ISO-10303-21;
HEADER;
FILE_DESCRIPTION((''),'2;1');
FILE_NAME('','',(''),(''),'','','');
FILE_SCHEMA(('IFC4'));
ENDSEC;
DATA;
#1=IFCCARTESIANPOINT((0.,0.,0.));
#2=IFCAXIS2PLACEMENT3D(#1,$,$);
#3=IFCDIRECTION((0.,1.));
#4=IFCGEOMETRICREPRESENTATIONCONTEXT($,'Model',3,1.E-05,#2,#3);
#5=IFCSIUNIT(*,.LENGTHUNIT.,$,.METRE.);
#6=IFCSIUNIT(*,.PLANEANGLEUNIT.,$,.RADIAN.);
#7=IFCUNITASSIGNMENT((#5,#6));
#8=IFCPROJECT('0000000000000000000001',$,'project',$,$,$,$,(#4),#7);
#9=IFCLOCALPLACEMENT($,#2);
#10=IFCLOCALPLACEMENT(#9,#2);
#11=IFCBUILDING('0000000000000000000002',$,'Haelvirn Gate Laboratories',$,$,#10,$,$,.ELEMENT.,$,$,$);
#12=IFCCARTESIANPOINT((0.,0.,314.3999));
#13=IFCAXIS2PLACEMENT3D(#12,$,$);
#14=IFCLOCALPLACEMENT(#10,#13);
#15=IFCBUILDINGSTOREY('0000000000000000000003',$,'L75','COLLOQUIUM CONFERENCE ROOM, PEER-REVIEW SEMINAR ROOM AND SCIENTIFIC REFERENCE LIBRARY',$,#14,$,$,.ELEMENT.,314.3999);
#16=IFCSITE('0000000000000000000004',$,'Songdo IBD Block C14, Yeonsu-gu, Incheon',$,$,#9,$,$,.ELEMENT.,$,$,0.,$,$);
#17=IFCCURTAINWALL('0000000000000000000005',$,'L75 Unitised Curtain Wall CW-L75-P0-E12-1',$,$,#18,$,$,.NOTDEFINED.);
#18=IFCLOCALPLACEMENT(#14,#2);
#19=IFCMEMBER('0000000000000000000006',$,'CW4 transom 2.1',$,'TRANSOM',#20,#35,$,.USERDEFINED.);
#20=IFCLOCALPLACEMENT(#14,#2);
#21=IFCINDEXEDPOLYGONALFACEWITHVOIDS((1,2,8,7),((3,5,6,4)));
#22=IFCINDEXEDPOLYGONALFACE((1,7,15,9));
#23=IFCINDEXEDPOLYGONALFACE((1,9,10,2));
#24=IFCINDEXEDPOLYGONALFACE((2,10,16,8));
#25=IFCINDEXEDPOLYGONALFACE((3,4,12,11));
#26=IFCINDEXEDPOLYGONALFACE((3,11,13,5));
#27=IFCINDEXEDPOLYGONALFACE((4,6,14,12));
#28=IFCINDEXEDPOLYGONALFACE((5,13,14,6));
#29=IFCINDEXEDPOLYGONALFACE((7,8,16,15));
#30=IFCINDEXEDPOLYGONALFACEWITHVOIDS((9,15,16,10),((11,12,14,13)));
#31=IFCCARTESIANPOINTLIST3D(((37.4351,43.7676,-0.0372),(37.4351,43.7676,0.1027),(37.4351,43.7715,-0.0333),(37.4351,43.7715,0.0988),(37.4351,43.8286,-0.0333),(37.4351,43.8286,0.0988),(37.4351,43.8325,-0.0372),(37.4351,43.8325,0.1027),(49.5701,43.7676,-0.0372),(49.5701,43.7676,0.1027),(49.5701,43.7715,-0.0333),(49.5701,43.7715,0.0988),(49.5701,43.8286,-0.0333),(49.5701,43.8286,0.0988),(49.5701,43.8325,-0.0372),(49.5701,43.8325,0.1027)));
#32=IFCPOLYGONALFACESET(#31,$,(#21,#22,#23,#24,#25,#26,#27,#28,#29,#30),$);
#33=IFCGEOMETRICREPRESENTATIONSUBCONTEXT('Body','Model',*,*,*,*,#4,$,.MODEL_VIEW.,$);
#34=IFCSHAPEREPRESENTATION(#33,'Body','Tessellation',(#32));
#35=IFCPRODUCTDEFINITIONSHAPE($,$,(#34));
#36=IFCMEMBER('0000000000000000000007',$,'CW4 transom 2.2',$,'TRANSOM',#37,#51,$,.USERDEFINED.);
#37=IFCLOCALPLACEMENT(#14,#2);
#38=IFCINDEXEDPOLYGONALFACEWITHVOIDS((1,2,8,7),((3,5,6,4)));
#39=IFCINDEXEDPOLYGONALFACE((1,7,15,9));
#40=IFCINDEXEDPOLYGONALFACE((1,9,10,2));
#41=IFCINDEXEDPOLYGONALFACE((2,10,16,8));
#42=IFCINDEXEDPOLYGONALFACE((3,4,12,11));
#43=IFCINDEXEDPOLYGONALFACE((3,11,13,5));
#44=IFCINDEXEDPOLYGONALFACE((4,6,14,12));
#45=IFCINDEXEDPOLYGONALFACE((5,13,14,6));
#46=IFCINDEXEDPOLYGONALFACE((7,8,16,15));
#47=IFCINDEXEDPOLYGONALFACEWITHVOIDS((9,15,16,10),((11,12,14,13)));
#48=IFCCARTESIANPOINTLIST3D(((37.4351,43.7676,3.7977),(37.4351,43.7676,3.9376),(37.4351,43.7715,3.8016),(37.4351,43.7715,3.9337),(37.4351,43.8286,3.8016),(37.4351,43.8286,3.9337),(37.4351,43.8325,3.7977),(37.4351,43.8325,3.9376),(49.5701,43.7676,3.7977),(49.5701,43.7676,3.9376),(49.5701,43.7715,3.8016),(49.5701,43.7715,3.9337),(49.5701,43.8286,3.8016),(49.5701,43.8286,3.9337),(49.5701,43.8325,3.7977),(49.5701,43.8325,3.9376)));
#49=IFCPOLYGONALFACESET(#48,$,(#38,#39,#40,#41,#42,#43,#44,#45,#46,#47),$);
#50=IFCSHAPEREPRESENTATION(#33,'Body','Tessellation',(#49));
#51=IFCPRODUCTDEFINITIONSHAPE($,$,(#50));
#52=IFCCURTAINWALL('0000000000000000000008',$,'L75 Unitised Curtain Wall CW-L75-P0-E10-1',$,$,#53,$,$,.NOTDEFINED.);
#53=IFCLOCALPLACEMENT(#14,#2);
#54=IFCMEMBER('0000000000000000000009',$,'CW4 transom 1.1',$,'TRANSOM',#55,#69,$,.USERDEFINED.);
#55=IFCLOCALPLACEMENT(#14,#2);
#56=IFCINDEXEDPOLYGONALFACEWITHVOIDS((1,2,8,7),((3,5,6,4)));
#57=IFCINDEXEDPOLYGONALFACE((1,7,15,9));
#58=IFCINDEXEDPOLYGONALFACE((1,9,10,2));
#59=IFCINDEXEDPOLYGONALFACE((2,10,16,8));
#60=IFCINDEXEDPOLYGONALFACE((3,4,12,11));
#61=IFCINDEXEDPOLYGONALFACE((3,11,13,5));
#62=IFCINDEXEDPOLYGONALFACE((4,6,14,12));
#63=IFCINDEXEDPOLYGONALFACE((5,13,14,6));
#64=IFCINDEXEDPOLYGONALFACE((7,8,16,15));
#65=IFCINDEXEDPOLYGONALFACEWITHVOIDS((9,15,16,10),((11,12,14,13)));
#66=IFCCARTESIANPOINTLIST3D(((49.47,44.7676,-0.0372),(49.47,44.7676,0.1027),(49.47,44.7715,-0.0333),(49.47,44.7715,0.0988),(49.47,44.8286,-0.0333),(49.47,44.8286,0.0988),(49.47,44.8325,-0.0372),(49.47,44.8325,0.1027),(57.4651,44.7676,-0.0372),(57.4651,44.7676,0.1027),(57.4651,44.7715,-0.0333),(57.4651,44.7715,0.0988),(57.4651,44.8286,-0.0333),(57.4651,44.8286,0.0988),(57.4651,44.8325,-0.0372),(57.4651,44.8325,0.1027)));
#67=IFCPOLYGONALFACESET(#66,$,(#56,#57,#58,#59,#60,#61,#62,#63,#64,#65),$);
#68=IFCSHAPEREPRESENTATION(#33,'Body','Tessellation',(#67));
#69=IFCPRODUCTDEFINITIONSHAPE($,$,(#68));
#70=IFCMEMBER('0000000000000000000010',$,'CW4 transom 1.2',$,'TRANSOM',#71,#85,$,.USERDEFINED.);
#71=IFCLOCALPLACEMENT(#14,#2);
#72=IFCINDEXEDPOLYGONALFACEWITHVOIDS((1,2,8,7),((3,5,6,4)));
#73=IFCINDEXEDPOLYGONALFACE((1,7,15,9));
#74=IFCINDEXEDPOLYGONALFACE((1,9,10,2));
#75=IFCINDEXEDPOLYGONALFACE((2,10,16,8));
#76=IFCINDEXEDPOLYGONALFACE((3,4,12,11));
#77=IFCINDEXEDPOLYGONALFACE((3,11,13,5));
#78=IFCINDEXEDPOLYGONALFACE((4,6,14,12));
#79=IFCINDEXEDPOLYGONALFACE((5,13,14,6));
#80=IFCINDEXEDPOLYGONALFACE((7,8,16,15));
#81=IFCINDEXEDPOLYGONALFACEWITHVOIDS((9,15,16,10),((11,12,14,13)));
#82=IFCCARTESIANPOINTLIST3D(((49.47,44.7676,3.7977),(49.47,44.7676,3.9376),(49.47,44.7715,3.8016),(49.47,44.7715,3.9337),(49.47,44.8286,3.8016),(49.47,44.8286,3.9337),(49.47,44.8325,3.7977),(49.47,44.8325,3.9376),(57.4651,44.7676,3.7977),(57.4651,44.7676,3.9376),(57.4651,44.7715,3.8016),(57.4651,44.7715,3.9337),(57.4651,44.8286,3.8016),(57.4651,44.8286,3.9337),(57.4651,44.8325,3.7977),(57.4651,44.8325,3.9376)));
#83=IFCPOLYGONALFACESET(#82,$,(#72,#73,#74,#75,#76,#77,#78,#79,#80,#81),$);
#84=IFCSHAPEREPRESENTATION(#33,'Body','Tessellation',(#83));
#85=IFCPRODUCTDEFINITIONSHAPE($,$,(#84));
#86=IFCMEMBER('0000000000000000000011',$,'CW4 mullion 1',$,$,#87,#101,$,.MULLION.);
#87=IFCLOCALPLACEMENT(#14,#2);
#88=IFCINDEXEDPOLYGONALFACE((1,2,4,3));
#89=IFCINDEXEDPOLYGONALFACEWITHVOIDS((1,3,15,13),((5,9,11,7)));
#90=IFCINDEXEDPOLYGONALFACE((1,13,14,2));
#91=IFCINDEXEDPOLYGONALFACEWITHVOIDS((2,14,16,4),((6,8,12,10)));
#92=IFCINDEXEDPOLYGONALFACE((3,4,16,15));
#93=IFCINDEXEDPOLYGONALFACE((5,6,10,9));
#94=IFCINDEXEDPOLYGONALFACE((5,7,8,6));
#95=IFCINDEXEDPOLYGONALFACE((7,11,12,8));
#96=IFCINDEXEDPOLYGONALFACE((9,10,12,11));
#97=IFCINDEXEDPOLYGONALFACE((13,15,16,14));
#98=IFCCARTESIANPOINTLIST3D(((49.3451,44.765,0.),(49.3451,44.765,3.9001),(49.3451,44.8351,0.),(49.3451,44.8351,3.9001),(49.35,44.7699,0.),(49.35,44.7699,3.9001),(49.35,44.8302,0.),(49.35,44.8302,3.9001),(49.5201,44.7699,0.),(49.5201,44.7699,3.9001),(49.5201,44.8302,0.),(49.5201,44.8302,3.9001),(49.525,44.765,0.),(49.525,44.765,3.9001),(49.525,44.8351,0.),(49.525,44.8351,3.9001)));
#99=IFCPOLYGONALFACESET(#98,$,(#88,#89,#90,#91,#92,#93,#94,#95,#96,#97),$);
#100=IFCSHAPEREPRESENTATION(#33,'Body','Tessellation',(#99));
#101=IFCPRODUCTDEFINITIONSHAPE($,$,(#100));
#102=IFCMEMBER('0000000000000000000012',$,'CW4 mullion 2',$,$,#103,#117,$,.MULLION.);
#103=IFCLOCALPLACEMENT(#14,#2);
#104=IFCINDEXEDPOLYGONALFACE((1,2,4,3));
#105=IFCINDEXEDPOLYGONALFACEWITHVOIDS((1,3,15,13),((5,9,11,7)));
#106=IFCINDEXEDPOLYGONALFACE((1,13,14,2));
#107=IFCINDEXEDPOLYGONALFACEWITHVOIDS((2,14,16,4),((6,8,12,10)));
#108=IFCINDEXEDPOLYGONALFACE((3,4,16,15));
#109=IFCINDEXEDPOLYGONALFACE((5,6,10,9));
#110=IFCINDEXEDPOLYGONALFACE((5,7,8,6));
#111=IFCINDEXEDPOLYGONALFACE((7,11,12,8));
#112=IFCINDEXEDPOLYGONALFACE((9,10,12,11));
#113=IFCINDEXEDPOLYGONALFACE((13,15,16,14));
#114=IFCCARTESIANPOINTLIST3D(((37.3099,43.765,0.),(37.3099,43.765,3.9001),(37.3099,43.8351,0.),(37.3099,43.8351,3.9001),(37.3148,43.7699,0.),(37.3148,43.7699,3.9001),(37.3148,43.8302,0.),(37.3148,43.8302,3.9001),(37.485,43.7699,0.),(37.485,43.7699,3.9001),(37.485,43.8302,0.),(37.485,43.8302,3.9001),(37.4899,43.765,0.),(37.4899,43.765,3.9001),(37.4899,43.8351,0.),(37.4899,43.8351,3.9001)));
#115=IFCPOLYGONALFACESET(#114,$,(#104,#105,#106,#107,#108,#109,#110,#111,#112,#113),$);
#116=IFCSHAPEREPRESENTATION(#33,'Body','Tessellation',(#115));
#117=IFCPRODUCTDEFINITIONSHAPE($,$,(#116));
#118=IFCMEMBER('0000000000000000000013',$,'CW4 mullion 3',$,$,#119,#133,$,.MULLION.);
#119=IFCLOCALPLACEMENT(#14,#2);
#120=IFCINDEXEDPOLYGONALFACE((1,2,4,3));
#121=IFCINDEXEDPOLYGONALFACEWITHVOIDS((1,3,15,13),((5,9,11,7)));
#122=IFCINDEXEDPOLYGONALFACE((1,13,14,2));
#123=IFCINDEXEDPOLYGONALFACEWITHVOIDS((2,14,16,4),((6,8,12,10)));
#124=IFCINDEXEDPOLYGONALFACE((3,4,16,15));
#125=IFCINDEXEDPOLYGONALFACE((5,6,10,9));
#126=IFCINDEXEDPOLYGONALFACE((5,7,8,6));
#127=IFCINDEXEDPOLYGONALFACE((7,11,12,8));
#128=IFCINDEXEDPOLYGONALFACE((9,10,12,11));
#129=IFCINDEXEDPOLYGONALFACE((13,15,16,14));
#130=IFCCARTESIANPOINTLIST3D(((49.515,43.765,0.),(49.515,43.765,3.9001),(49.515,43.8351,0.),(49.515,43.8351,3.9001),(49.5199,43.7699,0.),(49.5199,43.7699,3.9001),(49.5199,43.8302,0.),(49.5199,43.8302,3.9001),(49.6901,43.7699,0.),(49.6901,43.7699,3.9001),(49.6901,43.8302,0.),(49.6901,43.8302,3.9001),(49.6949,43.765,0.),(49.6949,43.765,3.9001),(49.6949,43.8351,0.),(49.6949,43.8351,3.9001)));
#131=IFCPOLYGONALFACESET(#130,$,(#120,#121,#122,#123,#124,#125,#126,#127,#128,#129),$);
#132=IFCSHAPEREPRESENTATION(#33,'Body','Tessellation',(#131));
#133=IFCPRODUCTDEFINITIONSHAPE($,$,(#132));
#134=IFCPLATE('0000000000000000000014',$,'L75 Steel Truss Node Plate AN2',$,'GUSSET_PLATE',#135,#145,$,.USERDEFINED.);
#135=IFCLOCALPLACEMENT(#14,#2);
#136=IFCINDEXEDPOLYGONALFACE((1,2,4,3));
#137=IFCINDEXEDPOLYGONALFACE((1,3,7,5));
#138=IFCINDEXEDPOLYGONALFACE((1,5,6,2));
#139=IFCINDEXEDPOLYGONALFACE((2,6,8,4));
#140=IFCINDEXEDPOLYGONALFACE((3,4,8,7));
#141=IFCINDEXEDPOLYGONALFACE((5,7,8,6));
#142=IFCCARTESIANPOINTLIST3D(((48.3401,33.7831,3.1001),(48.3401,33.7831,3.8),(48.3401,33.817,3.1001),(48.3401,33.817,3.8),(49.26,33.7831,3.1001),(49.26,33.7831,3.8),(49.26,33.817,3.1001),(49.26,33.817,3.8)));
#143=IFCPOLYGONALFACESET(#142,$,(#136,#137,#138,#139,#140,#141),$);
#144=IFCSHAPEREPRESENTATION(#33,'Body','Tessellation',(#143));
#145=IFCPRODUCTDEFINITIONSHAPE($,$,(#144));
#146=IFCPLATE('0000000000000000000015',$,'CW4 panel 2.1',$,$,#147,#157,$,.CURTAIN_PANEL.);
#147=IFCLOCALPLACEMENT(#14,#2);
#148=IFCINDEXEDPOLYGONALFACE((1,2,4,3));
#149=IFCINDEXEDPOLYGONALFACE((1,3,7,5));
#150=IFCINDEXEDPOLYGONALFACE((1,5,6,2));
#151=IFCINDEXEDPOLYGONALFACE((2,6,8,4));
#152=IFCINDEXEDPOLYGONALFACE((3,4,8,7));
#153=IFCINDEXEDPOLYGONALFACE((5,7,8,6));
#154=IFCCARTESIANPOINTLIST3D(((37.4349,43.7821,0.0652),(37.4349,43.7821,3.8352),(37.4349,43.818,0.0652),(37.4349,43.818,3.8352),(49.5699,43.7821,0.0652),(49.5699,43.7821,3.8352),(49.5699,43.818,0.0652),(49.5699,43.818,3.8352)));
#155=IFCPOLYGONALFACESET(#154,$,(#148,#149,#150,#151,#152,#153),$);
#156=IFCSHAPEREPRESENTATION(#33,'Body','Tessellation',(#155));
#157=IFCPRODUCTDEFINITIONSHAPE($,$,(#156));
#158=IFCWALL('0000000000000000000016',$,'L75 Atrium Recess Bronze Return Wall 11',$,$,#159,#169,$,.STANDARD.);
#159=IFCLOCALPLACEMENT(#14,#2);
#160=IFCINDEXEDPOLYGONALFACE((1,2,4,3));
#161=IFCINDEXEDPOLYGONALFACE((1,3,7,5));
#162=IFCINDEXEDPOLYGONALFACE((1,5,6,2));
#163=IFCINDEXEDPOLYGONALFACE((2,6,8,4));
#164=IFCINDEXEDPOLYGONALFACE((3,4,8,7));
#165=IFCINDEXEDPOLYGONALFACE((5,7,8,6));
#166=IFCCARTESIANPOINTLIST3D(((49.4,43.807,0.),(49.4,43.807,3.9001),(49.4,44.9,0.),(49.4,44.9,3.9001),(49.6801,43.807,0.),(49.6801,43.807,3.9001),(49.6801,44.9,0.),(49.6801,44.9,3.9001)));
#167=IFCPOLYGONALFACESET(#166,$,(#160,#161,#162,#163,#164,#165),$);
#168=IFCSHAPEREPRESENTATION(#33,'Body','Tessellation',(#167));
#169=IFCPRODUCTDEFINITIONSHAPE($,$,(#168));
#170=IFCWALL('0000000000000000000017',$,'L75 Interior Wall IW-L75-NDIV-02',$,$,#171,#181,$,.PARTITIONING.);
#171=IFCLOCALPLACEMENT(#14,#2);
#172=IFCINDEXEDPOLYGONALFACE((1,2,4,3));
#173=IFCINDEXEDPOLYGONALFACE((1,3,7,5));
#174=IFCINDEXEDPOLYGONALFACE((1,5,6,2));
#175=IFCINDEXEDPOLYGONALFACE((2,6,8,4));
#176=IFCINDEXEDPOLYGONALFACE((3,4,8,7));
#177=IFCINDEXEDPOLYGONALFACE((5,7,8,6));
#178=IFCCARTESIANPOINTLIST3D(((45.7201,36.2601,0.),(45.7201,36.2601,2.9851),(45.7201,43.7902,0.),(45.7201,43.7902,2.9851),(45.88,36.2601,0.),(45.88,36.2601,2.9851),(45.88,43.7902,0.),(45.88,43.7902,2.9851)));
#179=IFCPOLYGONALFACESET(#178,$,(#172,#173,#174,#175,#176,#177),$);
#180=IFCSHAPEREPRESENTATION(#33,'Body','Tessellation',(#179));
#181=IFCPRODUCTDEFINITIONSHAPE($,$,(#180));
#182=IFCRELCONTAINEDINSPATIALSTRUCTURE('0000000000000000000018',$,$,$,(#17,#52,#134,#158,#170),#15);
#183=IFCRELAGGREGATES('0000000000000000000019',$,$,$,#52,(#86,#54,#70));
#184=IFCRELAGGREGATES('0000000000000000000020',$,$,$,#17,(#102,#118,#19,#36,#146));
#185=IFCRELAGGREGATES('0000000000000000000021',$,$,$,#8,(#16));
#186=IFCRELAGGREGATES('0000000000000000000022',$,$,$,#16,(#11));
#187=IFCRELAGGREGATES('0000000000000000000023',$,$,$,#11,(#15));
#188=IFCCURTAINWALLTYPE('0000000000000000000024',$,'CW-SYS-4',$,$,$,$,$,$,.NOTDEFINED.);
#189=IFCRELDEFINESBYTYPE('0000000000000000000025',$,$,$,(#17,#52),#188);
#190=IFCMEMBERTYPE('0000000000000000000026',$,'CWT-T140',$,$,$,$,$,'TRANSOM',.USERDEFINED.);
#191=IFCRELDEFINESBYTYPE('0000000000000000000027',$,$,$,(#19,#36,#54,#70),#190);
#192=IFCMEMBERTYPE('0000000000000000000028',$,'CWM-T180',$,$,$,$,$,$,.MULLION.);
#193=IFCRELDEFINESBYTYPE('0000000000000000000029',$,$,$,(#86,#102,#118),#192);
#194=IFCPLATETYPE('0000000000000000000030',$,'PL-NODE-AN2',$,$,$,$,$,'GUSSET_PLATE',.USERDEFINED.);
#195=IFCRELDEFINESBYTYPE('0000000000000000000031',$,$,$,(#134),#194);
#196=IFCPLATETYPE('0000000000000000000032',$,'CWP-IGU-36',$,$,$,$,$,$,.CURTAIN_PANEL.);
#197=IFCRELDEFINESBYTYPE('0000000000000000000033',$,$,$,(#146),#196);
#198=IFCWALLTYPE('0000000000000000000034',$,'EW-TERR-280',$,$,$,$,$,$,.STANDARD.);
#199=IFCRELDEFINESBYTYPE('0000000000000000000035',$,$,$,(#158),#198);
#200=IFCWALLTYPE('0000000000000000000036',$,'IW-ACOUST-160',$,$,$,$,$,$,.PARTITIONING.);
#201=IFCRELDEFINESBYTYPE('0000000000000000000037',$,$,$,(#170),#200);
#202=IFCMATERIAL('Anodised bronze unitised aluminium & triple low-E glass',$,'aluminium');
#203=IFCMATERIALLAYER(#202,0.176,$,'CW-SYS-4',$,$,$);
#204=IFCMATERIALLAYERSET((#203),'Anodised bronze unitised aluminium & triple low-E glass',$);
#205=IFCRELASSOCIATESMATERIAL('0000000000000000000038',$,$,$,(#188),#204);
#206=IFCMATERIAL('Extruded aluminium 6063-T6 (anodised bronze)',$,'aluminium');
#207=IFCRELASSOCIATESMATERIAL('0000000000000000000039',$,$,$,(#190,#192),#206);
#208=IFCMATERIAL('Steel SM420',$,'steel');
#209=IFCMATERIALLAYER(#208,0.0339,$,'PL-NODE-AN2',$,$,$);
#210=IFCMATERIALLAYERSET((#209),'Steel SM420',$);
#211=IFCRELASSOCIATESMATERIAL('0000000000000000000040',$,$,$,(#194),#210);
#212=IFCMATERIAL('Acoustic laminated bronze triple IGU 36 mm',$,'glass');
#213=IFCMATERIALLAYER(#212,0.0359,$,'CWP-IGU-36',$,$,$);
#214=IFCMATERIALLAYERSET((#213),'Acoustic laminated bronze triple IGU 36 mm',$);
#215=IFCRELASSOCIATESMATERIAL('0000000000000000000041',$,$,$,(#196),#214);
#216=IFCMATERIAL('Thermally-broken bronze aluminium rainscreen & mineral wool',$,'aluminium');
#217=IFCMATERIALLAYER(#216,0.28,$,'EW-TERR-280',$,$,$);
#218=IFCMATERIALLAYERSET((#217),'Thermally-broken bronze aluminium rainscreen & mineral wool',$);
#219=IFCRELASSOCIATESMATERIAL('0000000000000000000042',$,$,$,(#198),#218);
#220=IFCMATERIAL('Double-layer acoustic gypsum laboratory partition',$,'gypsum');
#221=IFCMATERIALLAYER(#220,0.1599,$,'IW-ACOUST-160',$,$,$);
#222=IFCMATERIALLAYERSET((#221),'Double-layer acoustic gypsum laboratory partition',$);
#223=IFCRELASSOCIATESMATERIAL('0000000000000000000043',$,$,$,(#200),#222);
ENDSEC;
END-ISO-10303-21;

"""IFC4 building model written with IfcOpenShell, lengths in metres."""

from ifc_helpers import new_model, si_unit, direction, frame, frame_2d, origin, origin_2d, place, context, subcontext, project, spatial, rectangle, hollow_rectangle, extrude, source, transform, mapped, material, layer, layer_set, material_profile, profile_set, type_object, type_shapes, element, aggregate, save


model = new_model("IFC4")

# Units and contexts
model_context = context("Model", 3, precision=1e-05, world=origin(), true_north=direction((0.0, 1.0)))
body_context = subcontext(model_context, "Body", "Model", "MODEL_VIEW")
ifc_project = project(units=[si_unit("LENGTHUNIT", "METRE"), si_unit("PLANEANGLEUNIT", "RADIAN")], contexts=[model_context])

# Site, building, storey
site_placement = place(None, origin())
site = spatial("IfcSite", under=ifc_project, at=site_placement, Name="Songdo IBD Block C14, Yeonsu-gu, Incheon", CompositionType="ELEMENT", RefElevation=0.0)
building_placement = place(site_placement, origin())
building = spatial("IfcBuilding", under=site, at=building_placement, Name="Haelvirn Gate Laboratories", CompositionType="ELEMENT")
storey_placement = place(building_placement, frame((0.0, 0.0, 314.3999)))
storey = spatial("IfcBuildingStorey", under=building, at=storey_placement, Name="L75", Description="COLLOQUIUM CONFERENCE ROOM, PEER-REVIEW SEMINAR ROOM AND SCIENTIFIC REFERENCE LIBRARY", CompositionType="ELEMENT", Elevation=314.3999)

# Shared definitions
ifc_material_1 = material(Name="Steel SM420", Category="steel")

# Curtain walls, members
ifc_material_2 = material(Name="Anodised bronze unitised aluminium & triple low-E glass", Category="aluminium")
ifc_layer_1 = layer(ifc_material_2, 0.176, Name="CW-SYS-4")
ifc_layer_set_1 = layer_set([ifc_layer_1], Name="Anodised bronze unitised aluminium & triple low-E glass")
curtain_wall_type = type_object("IfcCurtainWallType", Name="CW-SYS-4", PredefinedType="NOTDEFINED", material=ifc_layer_set_1)
curtain_wall_1_placement = place(storey_placement, origin())
curtain_wall_1 = element("IfcCurtainWall", 1, at=curtain_wall_1_placement, inside=storey, type_object=curtain_wall_type, Name="L75 Unitised Curtain Wall CW-L75-P0-E12-1", PredefinedType="NOTDEFINED")
ifc_material_3 = material(Name="Extruded aluminium 6063-T6 (anodised bronze)", Category="aluminium")
ifc_material_profile_1 = material_profile(ifc_material_3, hollow_rectangle(XDim=0.0649, YDim=0.1399, WallThickness=0.0039, at=origin_2d()), Name="CWT-140x65x4")
ifc_profile_set_1 = profile_set([ifc_material_profile_1], Name="Extruded aluminium 6063-T6 (anodised bronze)")
member_type_1 = type_object("IfcMemberType", Name="CWT-T140", ElementType="TRANSOM", PredefinedType="USERDEFINED", material=ifc_profile_set_1)
shared_shape_1 = source(origin(), body_context, "Body", "SweptSolid", [
    extrude(hollow_rectangle(XDim=0.0649, YDim=0.1399, WallThickness=0.0039, at=origin_2d()), origin(), (0.0, 0.0, 1.0), 12.135),
])
member_1_placement = place(storey_placement, frame((37.4351, 43.8, 0.0327), z_axis=(1.0, 0.0, 0.0), x_axis=(0.0, 1.0, 0.0)))
member_1 = element("IfcMember", 2, at=member_1_placement, type_object=member_type_1, Name="CW4 transom 2.1", ObjectType="TRANSOM", PredefinedType="USERDEFINED", context=body_context, shape_type="MappedRepresentation", body=[
    mapped(shared_shape_1, transform((0.0, 0.0, 0.0), scale=1.0)),
])
member_2_placement = place(storey_placement, frame((37.4351, 43.8, 3.8677), z_axis=(1.0, 0.0, 0.0), x_axis=(0.0, 1.0, 0.0)))
member_2 = element("IfcMember", 3, at=member_2_placement, type_object=member_type_1, Name="CW4 transom 2.2", ObjectType="TRANSOM", PredefinedType="USERDEFINED", context=body_context, shape_type="MappedRepresentation", body=[
    mapped(shared_shape_1, transform((0.0, 0.0, 0.0), scale=1.0)),
])
curtain_wall_2_placement = place(storey_placement, origin())
curtain_wall_2 = element("IfcCurtainWall", 4, at=curtain_wall_2_placement, inside=storey, type_object=curtain_wall_type, Name="L75 Unitised Curtain Wall CW-L75-P0-E10-1", PredefinedType="NOTDEFINED")
shared_shape_2 = source(origin(), body_context, "Body", "SweptSolid", [
    extrude(hollow_rectangle(XDim=0.0649, YDim=0.1399, WallThickness=0.0039, at=origin_2d()), origin(), (0.0, 0.0, 1.0), 7.9951),
])
type_shapes(member_type_1, [shared_shape_1, shared_shape_2])
member_3_placement = place(storey_placement, frame((49.47, 44.8, 0.0327), z_axis=(1.0, 0.0, 0.0), x_axis=(0.0, 1.0, 0.0)))
member_3 = element("IfcMember", 5, at=member_3_placement, type_object=member_type_1, Name="CW4 transom 1.1", ObjectType="TRANSOM", PredefinedType="USERDEFINED", context=body_context, shape_type="MappedRepresentation", body=[
    mapped(shared_shape_2, transform((0.0, 0.0, 0.0), scale=1.0)),
])
member_4_placement = place(storey_placement, frame((49.47, 44.8, 3.8677), z_axis=(1.0, 0.0, 0.0), x_axis=(0.0, 1.0, 0.0)))
member_4 = element("IfcMember", 6, at=member_4_placement, type_object=member_type_1, Name="CW4 transom 1.2", ObjectType="TRANSOM", PredefinedType="USERDEFINED", context=body_context, shape_type="MappedRepresentation", body=[
    mapped(shared_shape_2, transform((0.0, 0.0, 0.0), scale=1.0)),
])
ifc_material_profile_2 = material_profile(ifc_material_3, hollow_rectangle(XDim=0.0701, YDim=0.1799, WallThickness=0.0049, at=origin_2d()), Name="CWM-180x70x5")
ifc_profile_set_2 = profile_set([ifc_material_profile_2], Name="Extruded aluminium 6063-T6 (anodised bronze)")
member_type_2 = type_object("IfcMemberType", Name="CWM-T180", PredefinedType="MULLION", material=ifc_profile_set_2)
shared_shape_3 = source(origin(), body_context, "Body", "SweptSolid", [
    extrude(hollow_rectangle(XDim=0.0701, YDim=0.1799, WallThickness=0.0049, at=origin_2d()), origin(), (0.0, 0.0, 1.0), 3.9001),
])
type_shapes(member_type_2, [shared_shape_3])
member_5_placement = place(storey_placement, frame((49.4351, 44.8, 0.0), z_axis=(0.0, 0.0, 1.0), x_axis=(0.0, 1.0, 0.0)))
member_5 = element("IfcMember", 7, at=member_5_placement, type_object=member_type_2, Name="CW4 mullion 1", PredefinedType="MULLION", context=body_context, shape_type="MappedRepresentation", body=[
    mapped(shared_shape_3, transform((0.0, 0.0, 0.0), scale=1.0)),
])
aggregate(curtain_wall_2, [member_5, member_3, member_4])

# Members
member_6_placement = place(storey_placement, frame((37.3999, 43.8, 0.0), z_axis=(0.0, 0.0, 1.0), x_axis=(0.0, 1.0, 0.0)))
member_6 = element("IfcMember", 8, at=member_6_placement, type_object=member_type_2, Name="CW4 mullion 2", PredefinedType="MULLION", context=body_context, shape_type="MappedRepresentation", body=[
    mapped(shared_shape_3, transform((0.0, 0.0, 0.0), scale=1.0)),
])
member_7_placement = place(storey_placement, frame((49.605, 43.8, 0.0), z_axis=(0.0, 0.0, 1.0), x_axis=(0.0, 1.0, 0.0)))
member_7 = element("IfcMember", 9, at=member_7_placement, type_object=member_type_2, Name="CW4 mullion 3", PredefinedType="MULLION", context=body_context, shape_type="MappedRepresentation", body=[
    mapped(shared_shape_3, transform((0.0, 0.0, 0.0), scale=1.0)),
])

# Plates
ifc_layer_2 = layer(ifc_material_1, 0.0339, Name="PL-NODE-AN2")
ifc_layer_set_2 = layer_set([ifc_layer_2], Name="Steel SM420")
plate_type_1 = type_object("IfcPlateType", Name="PL-NODE-AN2", ElementType="GUSSET_PLATE", PredefinedType="USERDEFINED", material=ifc_layer_set_2)
shared_shape_4 = source(origin(), body_context, "Body", "SweptSolid", [
    extrude(rectangle(XDim=0.9199, YDim=0.0339, at=origin_2d()), origin(), (0.0, 0.0, 1.0), 0.7),
])
type_shapes(plate_type_1, [shared_shape_4])
plate_1_placement = place(storey_placement, frame((48.8, 33.8, 3.1001), z_axis=(0.0, 0.0, 1.0), x_axis=(1.0, 0.0, 0.0)))
element("IfcPlate", 10, at=plate_1_placement, inside=storey, type_object=plate_type_1, Name="L75 Steel Truss Node Plate AN2", ObjectType="GUSSET_PLATE", PredefinedType="USERDEFINED", context=body_context, shape_type="MappedRepresentation", body=[
    mapped(shared_shape_4, transform((0.0, 0.0, 0.0), scale=1.0)),
])
ifc_material_4 = material(Name="Acoustic laminated bronze triple IGU 36 mm", Category="glass")
ifc_layer_3 = layer(ifc_material_4, 0.0359, Name="CWP-IGU-36")
ifc_layer_set_3 = layer_set([ifc_layer_3], Name="Acoustic laminated bronze triple IGU 36 mm")
plate_type_2 = type_object("IfcPlateType", Name="CWP-IGU-36", PredefinedType="CURTAIN_PANEL", material=ifc_layer_set_3)
shared_shape_5 = source(origin(), body_context, "Body", "SweptSolid", [
    extrude(rectangle(XDim=12.135, YDim=0.0359, at=origin_2d()), origin(), (0.0, 0.0, 1.0), 3.77),
])
type_shapes(plate_type_2, [shared_shape_5])
plate_2_placement = place(storey_placement, frame((43.5024, 43.8, 0.0652), z_axis=(0.0, 0.0, 1.0), x_axis=(1.0, 0.0, 0.0)))
plate_2 = element("IfcPlate", 11, at=plate_2_placement, type_object=plate_type_2, Name="CW4 panel 2.1", PredefinedType="CURTAIN_PANEL", context=body_context, shape_type="MappedRepresentation", body=[
    mapped(shared_shape_5, transform((0.0, 0.0, 0.0), scale=1.0)),
])
aggregate(curtain_wall_1, [member_6, member_7, member_1, member_2, plate_2])

# Walls
ifc_material_5 = material(Name="Thermally-broken bronze aluminium rainscreen & mineral wool", Category="aluminium")
ifc_layer_4 = layer(ifc_material_5, 0.28, Name="EW-TERR-280")
ifc_layer_set_4 = layer_set([ifc_layer_4], Name="Thermally-broken bronze aluminium rainscreen & mineral wool")
wall_type_1 = type_object("IfcWallType", Name="EW-TERR-280", PredefinedType="STANDARD", material=ifc_layer_set_4)
wall_1_placement = place(storey_placement, frame((49.54, 44.8999, 0.0), z_axis=(0.0, 0.0, 1.0), x_axis=(0.0, -1.0, 0.0)))
element("IfcWall", 12, at=wall_1_placement, inside=storey, type_object=wall_type_1, Name="L75 Atrium Recess Bronze Return Wall 11", PredefinedType="STANDARD", context=body_context, shape_type="SweptSolid", body=[
    extrude(rectangle(XDim=1.093, YDim=0.28, at=frame_2d((0.5464, 0.0))), origin(), (0.0, 0.0, 1.0), 3.9001),
])
ifc_material_6 = material(Name="Double-layer acoustic gypsum laboratory partition", Category="gypsum")
ifc_layer_5 = layer(ifc_material_6, 0.1599, Name="IW-ACOUST-160")
ifc_layer_set_5 = layer_set([ifc_layer_5], Name="Double-layer acoustic gypsum laboratory partition")
wall_type_2 = type_object("IfcWallType", Name="IW-ACOUST-160", PredefinedType="PARTITIONING", material=ifc_layer_set_5)
wall_2_placement = place(storey_placement, frame((45.8, 36.26, 0.0), z_axis=(0.0, 0.0, 1.0), x_axis=(0.0, 1.0, 0.0)))
element("IfcWall", 13, at=wall_2_placement, inside=storey, type_object=wall_type_2, Name="L75 Interior Wall IW-L75-NDIV-02", PredefinedType="PARTITIONING", context=body_context, shape_type="SweptSolid", body=[
    extrude(rectangle(XDim=7.53, YDim=0.1599, at=frame_2d((3.7651, 0.0))), origin(), (0.0, 0.0, 1.0), 2.9851),
])

save(model, "model.ifc")
